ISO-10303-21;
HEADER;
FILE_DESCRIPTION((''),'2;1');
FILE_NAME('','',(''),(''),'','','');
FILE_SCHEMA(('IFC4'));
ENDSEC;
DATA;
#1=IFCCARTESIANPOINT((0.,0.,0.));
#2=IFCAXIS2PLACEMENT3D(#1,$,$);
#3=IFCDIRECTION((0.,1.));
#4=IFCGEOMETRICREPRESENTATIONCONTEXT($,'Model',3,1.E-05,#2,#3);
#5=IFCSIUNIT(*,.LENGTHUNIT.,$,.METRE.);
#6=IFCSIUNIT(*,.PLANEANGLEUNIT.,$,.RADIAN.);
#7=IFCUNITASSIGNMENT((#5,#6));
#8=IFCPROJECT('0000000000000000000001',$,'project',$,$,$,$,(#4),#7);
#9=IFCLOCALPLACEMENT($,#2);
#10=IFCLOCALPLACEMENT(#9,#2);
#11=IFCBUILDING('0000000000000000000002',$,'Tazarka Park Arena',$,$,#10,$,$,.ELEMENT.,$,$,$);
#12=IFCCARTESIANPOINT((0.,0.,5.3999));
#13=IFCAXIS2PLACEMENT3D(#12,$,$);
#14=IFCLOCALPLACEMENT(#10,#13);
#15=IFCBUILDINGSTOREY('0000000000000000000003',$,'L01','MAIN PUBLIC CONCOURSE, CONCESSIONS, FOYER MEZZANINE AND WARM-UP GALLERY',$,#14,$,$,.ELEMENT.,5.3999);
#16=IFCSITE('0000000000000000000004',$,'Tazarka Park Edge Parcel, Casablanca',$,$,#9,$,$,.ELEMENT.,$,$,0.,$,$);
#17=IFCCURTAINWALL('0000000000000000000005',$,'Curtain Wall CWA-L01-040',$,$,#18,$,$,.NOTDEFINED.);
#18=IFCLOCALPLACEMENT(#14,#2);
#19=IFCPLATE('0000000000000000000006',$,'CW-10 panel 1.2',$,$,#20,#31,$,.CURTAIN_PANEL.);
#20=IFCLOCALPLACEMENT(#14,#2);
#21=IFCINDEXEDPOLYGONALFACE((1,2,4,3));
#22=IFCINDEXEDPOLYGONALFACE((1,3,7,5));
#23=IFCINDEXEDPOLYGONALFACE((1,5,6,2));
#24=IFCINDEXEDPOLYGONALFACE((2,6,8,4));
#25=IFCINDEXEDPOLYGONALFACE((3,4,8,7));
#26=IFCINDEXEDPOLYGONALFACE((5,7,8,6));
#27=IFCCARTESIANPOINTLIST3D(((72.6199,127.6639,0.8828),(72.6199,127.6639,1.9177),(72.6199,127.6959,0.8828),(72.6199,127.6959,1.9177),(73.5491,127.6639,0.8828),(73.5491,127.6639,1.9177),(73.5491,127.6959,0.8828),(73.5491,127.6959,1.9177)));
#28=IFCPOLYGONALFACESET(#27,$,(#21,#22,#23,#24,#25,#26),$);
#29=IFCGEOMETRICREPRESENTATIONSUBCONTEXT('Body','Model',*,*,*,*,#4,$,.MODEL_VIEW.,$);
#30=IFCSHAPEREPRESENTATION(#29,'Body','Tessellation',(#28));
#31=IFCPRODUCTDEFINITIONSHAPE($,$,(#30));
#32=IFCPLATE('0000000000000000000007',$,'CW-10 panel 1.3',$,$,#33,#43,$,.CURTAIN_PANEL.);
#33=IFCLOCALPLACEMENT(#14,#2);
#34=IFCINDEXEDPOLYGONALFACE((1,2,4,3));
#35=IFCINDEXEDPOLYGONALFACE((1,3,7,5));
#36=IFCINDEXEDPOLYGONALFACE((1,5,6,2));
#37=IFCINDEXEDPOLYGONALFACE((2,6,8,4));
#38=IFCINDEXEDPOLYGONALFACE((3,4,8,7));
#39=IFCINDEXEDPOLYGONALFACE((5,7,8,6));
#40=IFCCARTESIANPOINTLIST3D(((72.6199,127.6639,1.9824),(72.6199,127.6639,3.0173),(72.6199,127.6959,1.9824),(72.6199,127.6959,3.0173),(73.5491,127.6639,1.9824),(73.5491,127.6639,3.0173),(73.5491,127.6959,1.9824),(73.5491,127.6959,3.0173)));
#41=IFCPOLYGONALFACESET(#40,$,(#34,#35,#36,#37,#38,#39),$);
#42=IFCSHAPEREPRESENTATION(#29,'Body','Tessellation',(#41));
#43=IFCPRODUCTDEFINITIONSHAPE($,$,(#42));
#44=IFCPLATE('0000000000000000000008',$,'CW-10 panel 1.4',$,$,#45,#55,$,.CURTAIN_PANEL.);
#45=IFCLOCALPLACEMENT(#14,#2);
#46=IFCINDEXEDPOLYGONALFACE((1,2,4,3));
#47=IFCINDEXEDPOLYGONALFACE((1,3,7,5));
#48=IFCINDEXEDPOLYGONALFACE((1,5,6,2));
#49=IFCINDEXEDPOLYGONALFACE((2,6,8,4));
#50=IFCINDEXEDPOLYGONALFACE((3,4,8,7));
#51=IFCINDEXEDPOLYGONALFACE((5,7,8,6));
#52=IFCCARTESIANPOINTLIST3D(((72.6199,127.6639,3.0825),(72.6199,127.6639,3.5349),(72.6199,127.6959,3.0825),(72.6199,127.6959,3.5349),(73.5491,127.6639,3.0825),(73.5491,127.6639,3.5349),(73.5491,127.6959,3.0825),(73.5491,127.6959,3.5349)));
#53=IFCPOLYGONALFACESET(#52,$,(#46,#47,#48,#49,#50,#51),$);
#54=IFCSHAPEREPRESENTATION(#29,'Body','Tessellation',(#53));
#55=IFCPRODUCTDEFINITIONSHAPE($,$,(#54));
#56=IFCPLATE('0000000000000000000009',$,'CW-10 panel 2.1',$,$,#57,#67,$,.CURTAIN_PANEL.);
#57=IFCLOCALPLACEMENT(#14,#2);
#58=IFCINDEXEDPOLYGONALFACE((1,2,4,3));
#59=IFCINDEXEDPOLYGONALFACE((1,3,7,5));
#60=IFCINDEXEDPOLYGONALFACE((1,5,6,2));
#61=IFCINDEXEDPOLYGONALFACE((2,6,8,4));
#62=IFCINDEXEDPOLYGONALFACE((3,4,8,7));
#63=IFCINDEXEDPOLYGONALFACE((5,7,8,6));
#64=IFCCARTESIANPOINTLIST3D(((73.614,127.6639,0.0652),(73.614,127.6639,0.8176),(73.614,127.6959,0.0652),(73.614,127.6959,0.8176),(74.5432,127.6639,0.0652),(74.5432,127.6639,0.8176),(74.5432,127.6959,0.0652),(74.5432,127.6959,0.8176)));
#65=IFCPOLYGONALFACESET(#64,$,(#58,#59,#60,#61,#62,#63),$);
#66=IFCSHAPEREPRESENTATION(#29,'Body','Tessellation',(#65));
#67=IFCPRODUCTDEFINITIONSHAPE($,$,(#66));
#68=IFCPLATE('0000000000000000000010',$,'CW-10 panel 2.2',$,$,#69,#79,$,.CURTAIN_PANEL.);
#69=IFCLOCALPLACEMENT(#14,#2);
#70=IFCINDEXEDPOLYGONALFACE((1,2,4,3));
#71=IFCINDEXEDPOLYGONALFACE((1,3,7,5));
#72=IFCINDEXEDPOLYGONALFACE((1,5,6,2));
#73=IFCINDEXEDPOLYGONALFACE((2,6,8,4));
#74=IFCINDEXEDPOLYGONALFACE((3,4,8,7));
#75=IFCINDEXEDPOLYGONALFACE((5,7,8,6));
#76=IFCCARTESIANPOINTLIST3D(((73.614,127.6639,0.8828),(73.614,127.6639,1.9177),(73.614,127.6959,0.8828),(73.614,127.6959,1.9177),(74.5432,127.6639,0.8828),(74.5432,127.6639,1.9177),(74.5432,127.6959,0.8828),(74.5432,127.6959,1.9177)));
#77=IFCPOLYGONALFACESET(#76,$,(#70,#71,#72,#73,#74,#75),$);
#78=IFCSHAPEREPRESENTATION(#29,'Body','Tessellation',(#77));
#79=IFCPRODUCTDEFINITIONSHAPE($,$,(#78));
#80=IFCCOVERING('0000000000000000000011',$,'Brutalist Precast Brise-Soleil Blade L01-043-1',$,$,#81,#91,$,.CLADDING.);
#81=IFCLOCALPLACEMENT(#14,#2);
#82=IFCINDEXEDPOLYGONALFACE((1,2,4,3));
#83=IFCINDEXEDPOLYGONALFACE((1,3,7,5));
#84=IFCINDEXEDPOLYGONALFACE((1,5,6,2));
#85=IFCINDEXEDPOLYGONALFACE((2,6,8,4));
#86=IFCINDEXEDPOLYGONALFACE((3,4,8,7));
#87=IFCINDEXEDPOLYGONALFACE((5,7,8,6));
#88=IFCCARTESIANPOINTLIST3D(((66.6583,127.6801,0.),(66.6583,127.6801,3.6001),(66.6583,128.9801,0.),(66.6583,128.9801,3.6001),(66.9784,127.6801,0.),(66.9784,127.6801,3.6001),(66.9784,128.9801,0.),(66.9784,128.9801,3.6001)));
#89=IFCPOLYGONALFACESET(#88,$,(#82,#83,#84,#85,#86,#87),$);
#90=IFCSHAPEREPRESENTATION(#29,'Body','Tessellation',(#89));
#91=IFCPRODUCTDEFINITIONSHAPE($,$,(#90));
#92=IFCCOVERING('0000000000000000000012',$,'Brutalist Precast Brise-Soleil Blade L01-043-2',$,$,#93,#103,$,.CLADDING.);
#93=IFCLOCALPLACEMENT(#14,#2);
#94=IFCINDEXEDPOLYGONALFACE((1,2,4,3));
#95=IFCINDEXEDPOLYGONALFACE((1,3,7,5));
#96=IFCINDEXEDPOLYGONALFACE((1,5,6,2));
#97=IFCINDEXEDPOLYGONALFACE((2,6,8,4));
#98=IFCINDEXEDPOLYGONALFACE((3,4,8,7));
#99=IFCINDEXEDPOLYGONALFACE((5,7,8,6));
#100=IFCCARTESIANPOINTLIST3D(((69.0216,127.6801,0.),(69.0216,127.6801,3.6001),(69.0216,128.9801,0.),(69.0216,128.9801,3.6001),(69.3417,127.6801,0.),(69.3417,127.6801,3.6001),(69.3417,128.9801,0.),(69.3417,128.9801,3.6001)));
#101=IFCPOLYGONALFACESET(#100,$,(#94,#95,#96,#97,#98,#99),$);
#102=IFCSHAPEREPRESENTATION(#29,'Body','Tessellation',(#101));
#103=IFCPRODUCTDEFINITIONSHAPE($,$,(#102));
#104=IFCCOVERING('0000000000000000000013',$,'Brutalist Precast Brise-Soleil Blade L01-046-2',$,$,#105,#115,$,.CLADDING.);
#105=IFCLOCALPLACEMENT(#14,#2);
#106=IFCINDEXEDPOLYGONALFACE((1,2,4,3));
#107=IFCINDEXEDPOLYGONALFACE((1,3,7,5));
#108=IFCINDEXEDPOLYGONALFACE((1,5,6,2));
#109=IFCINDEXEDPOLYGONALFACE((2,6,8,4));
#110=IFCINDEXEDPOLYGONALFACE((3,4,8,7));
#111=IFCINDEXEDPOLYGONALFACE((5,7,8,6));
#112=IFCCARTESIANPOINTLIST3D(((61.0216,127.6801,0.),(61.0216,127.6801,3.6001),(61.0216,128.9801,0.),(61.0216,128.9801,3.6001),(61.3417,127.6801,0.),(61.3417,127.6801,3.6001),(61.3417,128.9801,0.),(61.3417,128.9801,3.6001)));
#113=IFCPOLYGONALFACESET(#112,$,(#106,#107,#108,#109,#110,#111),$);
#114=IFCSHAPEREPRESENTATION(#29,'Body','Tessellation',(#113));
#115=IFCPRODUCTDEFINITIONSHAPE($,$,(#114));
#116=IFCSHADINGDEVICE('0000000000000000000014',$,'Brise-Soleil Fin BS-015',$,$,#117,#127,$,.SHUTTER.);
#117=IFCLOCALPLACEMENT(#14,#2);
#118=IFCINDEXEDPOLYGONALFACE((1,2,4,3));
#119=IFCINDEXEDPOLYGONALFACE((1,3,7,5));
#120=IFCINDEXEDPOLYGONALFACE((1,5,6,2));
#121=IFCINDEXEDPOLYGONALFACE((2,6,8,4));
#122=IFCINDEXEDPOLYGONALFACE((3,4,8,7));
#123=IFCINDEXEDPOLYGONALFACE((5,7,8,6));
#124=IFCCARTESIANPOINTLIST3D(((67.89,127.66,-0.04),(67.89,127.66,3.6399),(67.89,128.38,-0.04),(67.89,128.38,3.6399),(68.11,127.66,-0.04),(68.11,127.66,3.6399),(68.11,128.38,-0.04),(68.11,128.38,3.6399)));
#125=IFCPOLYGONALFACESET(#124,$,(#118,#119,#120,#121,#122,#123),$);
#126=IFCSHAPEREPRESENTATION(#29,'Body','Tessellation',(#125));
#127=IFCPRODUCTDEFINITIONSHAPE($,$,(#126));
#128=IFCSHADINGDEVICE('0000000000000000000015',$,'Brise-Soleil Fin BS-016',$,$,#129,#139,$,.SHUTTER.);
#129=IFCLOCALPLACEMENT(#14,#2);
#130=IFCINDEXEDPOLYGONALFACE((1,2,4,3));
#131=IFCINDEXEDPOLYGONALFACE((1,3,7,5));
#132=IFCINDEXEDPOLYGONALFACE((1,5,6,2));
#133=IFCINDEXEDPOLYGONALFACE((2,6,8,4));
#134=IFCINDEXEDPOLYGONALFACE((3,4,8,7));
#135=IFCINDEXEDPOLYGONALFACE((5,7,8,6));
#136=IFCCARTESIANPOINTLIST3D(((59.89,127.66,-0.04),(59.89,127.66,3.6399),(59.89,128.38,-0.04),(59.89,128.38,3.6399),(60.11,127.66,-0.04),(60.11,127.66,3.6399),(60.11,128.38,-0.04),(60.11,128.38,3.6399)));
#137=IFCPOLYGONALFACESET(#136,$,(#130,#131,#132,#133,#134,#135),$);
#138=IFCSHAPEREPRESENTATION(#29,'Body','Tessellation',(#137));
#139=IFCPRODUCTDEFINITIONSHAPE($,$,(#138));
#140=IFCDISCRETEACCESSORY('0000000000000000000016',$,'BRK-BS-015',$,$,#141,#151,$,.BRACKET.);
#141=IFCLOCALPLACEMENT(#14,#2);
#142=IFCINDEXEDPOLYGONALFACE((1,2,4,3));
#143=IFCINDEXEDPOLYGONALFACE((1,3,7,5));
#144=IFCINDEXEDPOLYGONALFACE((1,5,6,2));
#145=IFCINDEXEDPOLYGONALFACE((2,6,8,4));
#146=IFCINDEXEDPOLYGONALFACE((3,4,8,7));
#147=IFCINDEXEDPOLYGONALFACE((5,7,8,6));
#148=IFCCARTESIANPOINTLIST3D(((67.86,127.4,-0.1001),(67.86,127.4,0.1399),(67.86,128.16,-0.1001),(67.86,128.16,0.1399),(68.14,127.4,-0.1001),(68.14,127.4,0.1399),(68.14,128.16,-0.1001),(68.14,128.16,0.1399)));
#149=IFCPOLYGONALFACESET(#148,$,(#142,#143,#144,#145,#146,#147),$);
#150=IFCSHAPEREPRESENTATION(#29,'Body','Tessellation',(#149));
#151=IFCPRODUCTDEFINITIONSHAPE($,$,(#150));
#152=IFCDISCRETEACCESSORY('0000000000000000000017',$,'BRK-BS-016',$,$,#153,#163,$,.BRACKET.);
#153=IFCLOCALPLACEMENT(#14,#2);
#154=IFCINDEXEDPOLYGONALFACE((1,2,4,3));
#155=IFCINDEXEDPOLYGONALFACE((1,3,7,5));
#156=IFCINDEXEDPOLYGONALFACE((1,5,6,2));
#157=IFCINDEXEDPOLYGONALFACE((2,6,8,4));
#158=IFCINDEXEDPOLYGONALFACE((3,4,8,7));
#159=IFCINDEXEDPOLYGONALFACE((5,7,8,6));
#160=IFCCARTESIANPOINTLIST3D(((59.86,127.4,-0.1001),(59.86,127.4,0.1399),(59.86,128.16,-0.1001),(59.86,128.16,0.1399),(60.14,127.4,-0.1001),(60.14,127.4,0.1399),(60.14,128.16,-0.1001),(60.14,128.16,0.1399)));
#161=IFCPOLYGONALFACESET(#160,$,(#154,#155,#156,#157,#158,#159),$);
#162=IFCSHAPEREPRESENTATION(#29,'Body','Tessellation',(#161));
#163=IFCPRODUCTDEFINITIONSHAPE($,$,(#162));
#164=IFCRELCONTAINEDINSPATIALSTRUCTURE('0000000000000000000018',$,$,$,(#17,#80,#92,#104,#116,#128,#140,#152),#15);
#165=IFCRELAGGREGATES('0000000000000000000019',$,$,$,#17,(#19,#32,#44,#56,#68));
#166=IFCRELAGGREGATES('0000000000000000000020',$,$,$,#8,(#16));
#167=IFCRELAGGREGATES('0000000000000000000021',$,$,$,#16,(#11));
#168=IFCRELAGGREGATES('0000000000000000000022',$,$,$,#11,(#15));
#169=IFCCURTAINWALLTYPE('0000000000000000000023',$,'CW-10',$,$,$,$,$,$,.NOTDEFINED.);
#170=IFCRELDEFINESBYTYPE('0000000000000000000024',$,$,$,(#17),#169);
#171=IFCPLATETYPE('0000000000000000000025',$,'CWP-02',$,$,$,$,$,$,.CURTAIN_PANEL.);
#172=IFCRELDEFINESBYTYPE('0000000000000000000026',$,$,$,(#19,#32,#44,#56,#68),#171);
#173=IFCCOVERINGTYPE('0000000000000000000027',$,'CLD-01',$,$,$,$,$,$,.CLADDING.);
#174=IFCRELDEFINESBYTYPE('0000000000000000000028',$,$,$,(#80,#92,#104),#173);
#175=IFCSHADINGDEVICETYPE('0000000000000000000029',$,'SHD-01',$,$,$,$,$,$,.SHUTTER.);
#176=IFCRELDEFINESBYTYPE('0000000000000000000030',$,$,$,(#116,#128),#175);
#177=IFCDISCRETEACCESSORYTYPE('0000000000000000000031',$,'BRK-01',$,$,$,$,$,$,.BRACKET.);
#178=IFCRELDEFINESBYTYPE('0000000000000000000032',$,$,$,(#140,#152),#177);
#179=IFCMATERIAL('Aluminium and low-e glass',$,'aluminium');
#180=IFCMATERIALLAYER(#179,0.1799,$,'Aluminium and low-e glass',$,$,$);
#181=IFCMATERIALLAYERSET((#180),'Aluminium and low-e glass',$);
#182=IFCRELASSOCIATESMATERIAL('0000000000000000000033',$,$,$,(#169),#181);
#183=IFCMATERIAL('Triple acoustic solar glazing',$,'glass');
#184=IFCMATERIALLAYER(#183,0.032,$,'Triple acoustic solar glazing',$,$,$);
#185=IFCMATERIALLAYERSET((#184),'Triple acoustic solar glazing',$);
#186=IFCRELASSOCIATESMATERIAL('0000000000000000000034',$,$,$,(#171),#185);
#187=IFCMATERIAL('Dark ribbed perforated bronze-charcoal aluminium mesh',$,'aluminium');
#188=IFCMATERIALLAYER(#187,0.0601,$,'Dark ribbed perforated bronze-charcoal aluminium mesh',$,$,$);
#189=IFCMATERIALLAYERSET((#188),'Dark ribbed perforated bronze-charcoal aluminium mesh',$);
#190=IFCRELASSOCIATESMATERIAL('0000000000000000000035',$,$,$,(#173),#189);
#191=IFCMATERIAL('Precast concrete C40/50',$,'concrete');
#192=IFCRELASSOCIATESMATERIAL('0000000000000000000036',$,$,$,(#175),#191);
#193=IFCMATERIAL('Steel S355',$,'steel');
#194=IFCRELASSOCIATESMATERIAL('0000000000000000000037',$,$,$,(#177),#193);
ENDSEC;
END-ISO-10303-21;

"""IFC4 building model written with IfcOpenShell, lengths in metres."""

from ifc_helpers import new_model, si_unit, direction, frame, origin, origin_2d, place, context, subcontext, project, spatial, rectangle, extrude, material, layer, layer_set, type_object, element, aggregate, save


model = new_model("IFC4")

# Units and contexts
model_context = context("Model", 3, precision=1e-05, world=origin(), true_north=direction((0.0, 1.0)))
body_context = subcontext(model_context, "Body", "Model", "MODEL_VIEW")
ifc_project = project(units=[si_unit("LENGTHUNIT", "METRE"), si_unit("PLANEANGLEUNIT", "RADIAN")], contexts=[model_context])

# Site, building, storey
site_placement = place(None, origin())
site = spatial("IfcSite", under=ifc_project, at=site_placement, Name="Tazarka Park Edge Parcel, Casablanca", CompositionType="ELEMENT", RefElevation=0.0)
building_placement = place(site_placement, origin())
building = spatial("IfcBuilding", under=site, at=building_placement, Name="Tazarka Park Arena", CompositionType="ELEMENT")
storey_placement = place(building_placement, frame((0.0, 0.0, 5.3999)))
storey = spatial("IfcBuildingStorey", under=building, at=storey_placement, Name="L01", Description="MAIN PUBLIC CONCOURSE, CONCESSIONS, FOYER MEZZANINE AND WARM-UP GALLERY", CompositionType="ELEMENT", Elevation=5.3999)

# Curtain wall, plates
ifc_material_1 = material(Name="Aluminium and low-e glass", Category="aluminium")
ifc_layer_1 = layer(ifc_material_1, 0.1799, Name="Aluminium and low-e glass")
ifc_layer_set_1 = layer_set([ifc_layer_1], Name="Aluminium and low-e glass")
curtain_wall_type = type_object("IfcCurtainWallType", Name="CW-10", PredefinedType="NOTDEFINED", material=ifc_layer_set_1)
curtain_wall_placement = place(storey_placement, origin())
curtain_wall = element("IfcCurtainWall", 1, at=curtain_wall_placement, inside=storey, type_object=curtain_wall_type, Name="Curtain Wall CWA-L01-040", PredefinedType="NOTDEFINED")
ifc_material_2 = material(Name="Triple acoustic solar glazing", Category="glass")
ifc_layer_2 = layer(ifc_material_2, 0.032, Name="Triple acoustic solar glazing")
ifc_layer_set_2 = layer_set([ifc_layer_2], Name="Triple acoustic solar glazing")
plate_type = type_object("IfcPlateType", Name="CWP-02", PredefinedType="CURTAIN_PANEL", material=ifc_layer_set_2)
plate_1_placement = place(storey_placement, frame((73.0845, 127.6799, 0.8828), z_axis=(0.0, 0.0, 1.0), x_axis=(1.0, 0.0, 0.0)))
plate_1 = element("IfcPlate", 2, at=plate_1_placement, type_object=plate_type, Name="CW-10 panel 1.2", PredefinedType="CURTAIN_PANEL", context=body_context, shape_type="SweptSolid", body=[
    extrude(rectangle(XDim=0.9292, YDim=0.032, at=origin_2d()), origin(), (0.0, 0.0, 1.0), 1.0349),
])
plate_2_placement = place(storey_placement, frame((73.0845, 127.6799, 1.9824), z_axis=(0.0, 0.0, 1.0), x_axis=(1.0, 0.0, 0.0)))
plate_2 = element("IfcPlate", 3, at=plate_2_placement, type_object=plate_type, Name="CW-10 panel 1.3", PredefinedType="CURTAIN_PANEL", context=body_context, shape_type="SweptSolid", body=[
    extrude(rectangle(XDim=0.9292, YDim=0.032, at=origin_2d()), origin(), (0.0, 0.0, 1.0), 1.0349),
])
plate_3_placement = place(storey_placement, frame((73.0845, 127.6799, 3.0825), z_axis=(0.0, 0.0, 1.0), x_axis=(1.0, 0.0, 0.0)))
plate_3 = element("IfcPlate", 4, at=plate_3_placement, type_object=plate_type, Name="CW-10 panel 1.4", PredefinedType="CURTAIN_PANEL", context=body_context, shape_type="SweptSolid", body=[
    extrude(rectangle(XDim=0.9292, YDim=0.032, at=origin_2d()), origin(), (0.0, 0.0, 1.0), 0.4524),
])
plate_4_placement = place(storey_placement, frame((74.0786, 127.6799, 0.0652), z_axis=(0.0, 0.0, 1.0), x_axis=(1.0, 0.0, 0.0)))
plate_4 = element("IfcPlate", 5, at=plate_4_placement, type_object=plate_type, Name="CW-10 panel 2.1", PredefinedType="CURTAIN_PANEL", context=body_context, shape_type="SweptSolid", body=[
    extrude(rectangle(XDim=0.9292, YDim=0.032, at=origin_2d()), origin(), (0.0, 0.0, 1.0), 0.7524),
])
plate_5_placement = place(storey_placement, frame((74.0786, 127.6799, 0.8828), z_axis=(0.0, 0.0, 1.0), x_axis=(1.0, 0.0, 0.0)))
plate_5 = element("IfcPlate", 6, at=plate_5_placement, type_object=plate_type, Name="CW-10 panel 2.2", PredefinedType="CURTAIN_PANEL", context=body_context, shape_type="SweptSolid", body=[
    extrude(rectangle(XDim=0.9292, YDim=0.032, at=origin_2d()), origin(), (0.0, 0.0, 1.0), 1.0349),
])
aggregate(curtain_wall, [plate_1, plate_2, plate_3, plate_4, plate_5])

# Coverings
ifc_material_3 = material(Name="Dark ribbed perforated bronze-charcoal aluminium mesh", Category="aluminium")
ifc_layer_3 = layer(ifc_material_3, 0.0601, Name="Dark ribbed perforated bronze-charcoal aluminium mesh")
ifc_layer_set_3 = layer_set([ifc_layer_3], Name="Dark ribbed perforated bronze-charcoal aluminium mesh")
covering_type = type_object("IfcCoveringType", Name="CLD-01", PredefinedType="CLADDING", material=ifc_layer_set_3)
for number, where, z_axis, x_axis, name in (
    (7, (66.8184, 128.3301, 0.0), (0.0, 0.0, 1.0), (1.0, 0.0, 0.0), "Brutalist Precast Brise-Soleil Blade L01-043-1"),
    (8, (69.1816, 128.3301, 0.0), (0.0, 0.0, 1.0), (1.0, 0.0, 0.0), "Brutalist Precast Brise-Soleil Blade L01-043-2"),
    (9, (61.1816, 128.3301, 0.0), (0.0, 0.0, 1.0), (1.0, 0.0, 0.0), "Brutalist Precast Brise-Soleil Blade L01-046-2"),
):
    element("IfcCovering", number, at=place(storey_placement, frame(where, z_axis=z_axis, x_axis=x_axis)), inside=storey, type_object=covering_type, Name=name, PredefinedType="CLADDING", context=body_context, shape_type="SweptSolid", body=[
        extrude(rectangle(XDim=0.3201, YDim=1.3, at=origin_2d()), origin(), (0.0, 0.0, 1.0), 3.6001),
    ])

# Shading devices
ifc_material_4 = material(Name="Precast concrete C40/50", Category="concrete")
shading_device_type = type_object("IfcShadingDeviceType", Name="SHD-01", PredefinedType="SHUTTER", material=ifc_material_4)
for number, where, z_axis, x_axis, name in (
    (10, (68.0, 128.02, -0.04), (0.0, 0.0, 1.0), (1.0, 0.0, 0.0), "Brise-Soleil Fin BS-015"),
    (11, (60.0, 128.02, -0.04), (0.0, 0.0, 1.0), (1.0, 0.0, 0.0), "Brise-Soleil Fin BS-016"),
):
    element("IfcShadingDevice", number, at=place(storey_placement, frame(where, z_axis=z_axis, x_axis=x_axis)), inside=storey, type_object=shading_device_type, Name=name, PredefinedType="SHUTTER", context=body_context, shape_type="SweptSolid", body=[
        extrude(rectangle(XDim=0.22, YDim=0.72, at=origin_2d()), origin(), (0.0, 0.0, 1.0), 3.6799),
    ])

# Discrete accessories
ifc_material_5 = material(Name="Steel S355", Category="steel")
discrete_accessory_type = type_object("IfcDiscreteAccessoryType", Name="BRK-01", PredefinedType="BRACKET", material=ifc_material_5)
for number, where, z_axis, x_axis, name in (
    (12, (68.0, 127.78, -0.1001), (0.0, 0.0, 1.0), (1.0, 0.0, 0.0), "BRK-BS-015"),
    (13, (60.0, 127.78, -0.1001), (0.0, 0.0, 1.0), (1.0, 0.0, 0.0), "BRK-BS-016"),
):
    element("IfcDiscreteAccessory", number, at=place(storey_placement, frame(where, z_axis=z_axis, x_axis=x_axis)), inside=storey, type_object=discrete_accessory_type, Name=name, PredefinedType="BRACKET", context=body_context, shape_type="SweptSolid", body=[
        extrude(rectangle(XDim=0.28, YDim=0.76, at=origin_2d()), origin(), (0.0, 0.0, 1.0), 0.24),
    ])

save(model, "model.ifc")
